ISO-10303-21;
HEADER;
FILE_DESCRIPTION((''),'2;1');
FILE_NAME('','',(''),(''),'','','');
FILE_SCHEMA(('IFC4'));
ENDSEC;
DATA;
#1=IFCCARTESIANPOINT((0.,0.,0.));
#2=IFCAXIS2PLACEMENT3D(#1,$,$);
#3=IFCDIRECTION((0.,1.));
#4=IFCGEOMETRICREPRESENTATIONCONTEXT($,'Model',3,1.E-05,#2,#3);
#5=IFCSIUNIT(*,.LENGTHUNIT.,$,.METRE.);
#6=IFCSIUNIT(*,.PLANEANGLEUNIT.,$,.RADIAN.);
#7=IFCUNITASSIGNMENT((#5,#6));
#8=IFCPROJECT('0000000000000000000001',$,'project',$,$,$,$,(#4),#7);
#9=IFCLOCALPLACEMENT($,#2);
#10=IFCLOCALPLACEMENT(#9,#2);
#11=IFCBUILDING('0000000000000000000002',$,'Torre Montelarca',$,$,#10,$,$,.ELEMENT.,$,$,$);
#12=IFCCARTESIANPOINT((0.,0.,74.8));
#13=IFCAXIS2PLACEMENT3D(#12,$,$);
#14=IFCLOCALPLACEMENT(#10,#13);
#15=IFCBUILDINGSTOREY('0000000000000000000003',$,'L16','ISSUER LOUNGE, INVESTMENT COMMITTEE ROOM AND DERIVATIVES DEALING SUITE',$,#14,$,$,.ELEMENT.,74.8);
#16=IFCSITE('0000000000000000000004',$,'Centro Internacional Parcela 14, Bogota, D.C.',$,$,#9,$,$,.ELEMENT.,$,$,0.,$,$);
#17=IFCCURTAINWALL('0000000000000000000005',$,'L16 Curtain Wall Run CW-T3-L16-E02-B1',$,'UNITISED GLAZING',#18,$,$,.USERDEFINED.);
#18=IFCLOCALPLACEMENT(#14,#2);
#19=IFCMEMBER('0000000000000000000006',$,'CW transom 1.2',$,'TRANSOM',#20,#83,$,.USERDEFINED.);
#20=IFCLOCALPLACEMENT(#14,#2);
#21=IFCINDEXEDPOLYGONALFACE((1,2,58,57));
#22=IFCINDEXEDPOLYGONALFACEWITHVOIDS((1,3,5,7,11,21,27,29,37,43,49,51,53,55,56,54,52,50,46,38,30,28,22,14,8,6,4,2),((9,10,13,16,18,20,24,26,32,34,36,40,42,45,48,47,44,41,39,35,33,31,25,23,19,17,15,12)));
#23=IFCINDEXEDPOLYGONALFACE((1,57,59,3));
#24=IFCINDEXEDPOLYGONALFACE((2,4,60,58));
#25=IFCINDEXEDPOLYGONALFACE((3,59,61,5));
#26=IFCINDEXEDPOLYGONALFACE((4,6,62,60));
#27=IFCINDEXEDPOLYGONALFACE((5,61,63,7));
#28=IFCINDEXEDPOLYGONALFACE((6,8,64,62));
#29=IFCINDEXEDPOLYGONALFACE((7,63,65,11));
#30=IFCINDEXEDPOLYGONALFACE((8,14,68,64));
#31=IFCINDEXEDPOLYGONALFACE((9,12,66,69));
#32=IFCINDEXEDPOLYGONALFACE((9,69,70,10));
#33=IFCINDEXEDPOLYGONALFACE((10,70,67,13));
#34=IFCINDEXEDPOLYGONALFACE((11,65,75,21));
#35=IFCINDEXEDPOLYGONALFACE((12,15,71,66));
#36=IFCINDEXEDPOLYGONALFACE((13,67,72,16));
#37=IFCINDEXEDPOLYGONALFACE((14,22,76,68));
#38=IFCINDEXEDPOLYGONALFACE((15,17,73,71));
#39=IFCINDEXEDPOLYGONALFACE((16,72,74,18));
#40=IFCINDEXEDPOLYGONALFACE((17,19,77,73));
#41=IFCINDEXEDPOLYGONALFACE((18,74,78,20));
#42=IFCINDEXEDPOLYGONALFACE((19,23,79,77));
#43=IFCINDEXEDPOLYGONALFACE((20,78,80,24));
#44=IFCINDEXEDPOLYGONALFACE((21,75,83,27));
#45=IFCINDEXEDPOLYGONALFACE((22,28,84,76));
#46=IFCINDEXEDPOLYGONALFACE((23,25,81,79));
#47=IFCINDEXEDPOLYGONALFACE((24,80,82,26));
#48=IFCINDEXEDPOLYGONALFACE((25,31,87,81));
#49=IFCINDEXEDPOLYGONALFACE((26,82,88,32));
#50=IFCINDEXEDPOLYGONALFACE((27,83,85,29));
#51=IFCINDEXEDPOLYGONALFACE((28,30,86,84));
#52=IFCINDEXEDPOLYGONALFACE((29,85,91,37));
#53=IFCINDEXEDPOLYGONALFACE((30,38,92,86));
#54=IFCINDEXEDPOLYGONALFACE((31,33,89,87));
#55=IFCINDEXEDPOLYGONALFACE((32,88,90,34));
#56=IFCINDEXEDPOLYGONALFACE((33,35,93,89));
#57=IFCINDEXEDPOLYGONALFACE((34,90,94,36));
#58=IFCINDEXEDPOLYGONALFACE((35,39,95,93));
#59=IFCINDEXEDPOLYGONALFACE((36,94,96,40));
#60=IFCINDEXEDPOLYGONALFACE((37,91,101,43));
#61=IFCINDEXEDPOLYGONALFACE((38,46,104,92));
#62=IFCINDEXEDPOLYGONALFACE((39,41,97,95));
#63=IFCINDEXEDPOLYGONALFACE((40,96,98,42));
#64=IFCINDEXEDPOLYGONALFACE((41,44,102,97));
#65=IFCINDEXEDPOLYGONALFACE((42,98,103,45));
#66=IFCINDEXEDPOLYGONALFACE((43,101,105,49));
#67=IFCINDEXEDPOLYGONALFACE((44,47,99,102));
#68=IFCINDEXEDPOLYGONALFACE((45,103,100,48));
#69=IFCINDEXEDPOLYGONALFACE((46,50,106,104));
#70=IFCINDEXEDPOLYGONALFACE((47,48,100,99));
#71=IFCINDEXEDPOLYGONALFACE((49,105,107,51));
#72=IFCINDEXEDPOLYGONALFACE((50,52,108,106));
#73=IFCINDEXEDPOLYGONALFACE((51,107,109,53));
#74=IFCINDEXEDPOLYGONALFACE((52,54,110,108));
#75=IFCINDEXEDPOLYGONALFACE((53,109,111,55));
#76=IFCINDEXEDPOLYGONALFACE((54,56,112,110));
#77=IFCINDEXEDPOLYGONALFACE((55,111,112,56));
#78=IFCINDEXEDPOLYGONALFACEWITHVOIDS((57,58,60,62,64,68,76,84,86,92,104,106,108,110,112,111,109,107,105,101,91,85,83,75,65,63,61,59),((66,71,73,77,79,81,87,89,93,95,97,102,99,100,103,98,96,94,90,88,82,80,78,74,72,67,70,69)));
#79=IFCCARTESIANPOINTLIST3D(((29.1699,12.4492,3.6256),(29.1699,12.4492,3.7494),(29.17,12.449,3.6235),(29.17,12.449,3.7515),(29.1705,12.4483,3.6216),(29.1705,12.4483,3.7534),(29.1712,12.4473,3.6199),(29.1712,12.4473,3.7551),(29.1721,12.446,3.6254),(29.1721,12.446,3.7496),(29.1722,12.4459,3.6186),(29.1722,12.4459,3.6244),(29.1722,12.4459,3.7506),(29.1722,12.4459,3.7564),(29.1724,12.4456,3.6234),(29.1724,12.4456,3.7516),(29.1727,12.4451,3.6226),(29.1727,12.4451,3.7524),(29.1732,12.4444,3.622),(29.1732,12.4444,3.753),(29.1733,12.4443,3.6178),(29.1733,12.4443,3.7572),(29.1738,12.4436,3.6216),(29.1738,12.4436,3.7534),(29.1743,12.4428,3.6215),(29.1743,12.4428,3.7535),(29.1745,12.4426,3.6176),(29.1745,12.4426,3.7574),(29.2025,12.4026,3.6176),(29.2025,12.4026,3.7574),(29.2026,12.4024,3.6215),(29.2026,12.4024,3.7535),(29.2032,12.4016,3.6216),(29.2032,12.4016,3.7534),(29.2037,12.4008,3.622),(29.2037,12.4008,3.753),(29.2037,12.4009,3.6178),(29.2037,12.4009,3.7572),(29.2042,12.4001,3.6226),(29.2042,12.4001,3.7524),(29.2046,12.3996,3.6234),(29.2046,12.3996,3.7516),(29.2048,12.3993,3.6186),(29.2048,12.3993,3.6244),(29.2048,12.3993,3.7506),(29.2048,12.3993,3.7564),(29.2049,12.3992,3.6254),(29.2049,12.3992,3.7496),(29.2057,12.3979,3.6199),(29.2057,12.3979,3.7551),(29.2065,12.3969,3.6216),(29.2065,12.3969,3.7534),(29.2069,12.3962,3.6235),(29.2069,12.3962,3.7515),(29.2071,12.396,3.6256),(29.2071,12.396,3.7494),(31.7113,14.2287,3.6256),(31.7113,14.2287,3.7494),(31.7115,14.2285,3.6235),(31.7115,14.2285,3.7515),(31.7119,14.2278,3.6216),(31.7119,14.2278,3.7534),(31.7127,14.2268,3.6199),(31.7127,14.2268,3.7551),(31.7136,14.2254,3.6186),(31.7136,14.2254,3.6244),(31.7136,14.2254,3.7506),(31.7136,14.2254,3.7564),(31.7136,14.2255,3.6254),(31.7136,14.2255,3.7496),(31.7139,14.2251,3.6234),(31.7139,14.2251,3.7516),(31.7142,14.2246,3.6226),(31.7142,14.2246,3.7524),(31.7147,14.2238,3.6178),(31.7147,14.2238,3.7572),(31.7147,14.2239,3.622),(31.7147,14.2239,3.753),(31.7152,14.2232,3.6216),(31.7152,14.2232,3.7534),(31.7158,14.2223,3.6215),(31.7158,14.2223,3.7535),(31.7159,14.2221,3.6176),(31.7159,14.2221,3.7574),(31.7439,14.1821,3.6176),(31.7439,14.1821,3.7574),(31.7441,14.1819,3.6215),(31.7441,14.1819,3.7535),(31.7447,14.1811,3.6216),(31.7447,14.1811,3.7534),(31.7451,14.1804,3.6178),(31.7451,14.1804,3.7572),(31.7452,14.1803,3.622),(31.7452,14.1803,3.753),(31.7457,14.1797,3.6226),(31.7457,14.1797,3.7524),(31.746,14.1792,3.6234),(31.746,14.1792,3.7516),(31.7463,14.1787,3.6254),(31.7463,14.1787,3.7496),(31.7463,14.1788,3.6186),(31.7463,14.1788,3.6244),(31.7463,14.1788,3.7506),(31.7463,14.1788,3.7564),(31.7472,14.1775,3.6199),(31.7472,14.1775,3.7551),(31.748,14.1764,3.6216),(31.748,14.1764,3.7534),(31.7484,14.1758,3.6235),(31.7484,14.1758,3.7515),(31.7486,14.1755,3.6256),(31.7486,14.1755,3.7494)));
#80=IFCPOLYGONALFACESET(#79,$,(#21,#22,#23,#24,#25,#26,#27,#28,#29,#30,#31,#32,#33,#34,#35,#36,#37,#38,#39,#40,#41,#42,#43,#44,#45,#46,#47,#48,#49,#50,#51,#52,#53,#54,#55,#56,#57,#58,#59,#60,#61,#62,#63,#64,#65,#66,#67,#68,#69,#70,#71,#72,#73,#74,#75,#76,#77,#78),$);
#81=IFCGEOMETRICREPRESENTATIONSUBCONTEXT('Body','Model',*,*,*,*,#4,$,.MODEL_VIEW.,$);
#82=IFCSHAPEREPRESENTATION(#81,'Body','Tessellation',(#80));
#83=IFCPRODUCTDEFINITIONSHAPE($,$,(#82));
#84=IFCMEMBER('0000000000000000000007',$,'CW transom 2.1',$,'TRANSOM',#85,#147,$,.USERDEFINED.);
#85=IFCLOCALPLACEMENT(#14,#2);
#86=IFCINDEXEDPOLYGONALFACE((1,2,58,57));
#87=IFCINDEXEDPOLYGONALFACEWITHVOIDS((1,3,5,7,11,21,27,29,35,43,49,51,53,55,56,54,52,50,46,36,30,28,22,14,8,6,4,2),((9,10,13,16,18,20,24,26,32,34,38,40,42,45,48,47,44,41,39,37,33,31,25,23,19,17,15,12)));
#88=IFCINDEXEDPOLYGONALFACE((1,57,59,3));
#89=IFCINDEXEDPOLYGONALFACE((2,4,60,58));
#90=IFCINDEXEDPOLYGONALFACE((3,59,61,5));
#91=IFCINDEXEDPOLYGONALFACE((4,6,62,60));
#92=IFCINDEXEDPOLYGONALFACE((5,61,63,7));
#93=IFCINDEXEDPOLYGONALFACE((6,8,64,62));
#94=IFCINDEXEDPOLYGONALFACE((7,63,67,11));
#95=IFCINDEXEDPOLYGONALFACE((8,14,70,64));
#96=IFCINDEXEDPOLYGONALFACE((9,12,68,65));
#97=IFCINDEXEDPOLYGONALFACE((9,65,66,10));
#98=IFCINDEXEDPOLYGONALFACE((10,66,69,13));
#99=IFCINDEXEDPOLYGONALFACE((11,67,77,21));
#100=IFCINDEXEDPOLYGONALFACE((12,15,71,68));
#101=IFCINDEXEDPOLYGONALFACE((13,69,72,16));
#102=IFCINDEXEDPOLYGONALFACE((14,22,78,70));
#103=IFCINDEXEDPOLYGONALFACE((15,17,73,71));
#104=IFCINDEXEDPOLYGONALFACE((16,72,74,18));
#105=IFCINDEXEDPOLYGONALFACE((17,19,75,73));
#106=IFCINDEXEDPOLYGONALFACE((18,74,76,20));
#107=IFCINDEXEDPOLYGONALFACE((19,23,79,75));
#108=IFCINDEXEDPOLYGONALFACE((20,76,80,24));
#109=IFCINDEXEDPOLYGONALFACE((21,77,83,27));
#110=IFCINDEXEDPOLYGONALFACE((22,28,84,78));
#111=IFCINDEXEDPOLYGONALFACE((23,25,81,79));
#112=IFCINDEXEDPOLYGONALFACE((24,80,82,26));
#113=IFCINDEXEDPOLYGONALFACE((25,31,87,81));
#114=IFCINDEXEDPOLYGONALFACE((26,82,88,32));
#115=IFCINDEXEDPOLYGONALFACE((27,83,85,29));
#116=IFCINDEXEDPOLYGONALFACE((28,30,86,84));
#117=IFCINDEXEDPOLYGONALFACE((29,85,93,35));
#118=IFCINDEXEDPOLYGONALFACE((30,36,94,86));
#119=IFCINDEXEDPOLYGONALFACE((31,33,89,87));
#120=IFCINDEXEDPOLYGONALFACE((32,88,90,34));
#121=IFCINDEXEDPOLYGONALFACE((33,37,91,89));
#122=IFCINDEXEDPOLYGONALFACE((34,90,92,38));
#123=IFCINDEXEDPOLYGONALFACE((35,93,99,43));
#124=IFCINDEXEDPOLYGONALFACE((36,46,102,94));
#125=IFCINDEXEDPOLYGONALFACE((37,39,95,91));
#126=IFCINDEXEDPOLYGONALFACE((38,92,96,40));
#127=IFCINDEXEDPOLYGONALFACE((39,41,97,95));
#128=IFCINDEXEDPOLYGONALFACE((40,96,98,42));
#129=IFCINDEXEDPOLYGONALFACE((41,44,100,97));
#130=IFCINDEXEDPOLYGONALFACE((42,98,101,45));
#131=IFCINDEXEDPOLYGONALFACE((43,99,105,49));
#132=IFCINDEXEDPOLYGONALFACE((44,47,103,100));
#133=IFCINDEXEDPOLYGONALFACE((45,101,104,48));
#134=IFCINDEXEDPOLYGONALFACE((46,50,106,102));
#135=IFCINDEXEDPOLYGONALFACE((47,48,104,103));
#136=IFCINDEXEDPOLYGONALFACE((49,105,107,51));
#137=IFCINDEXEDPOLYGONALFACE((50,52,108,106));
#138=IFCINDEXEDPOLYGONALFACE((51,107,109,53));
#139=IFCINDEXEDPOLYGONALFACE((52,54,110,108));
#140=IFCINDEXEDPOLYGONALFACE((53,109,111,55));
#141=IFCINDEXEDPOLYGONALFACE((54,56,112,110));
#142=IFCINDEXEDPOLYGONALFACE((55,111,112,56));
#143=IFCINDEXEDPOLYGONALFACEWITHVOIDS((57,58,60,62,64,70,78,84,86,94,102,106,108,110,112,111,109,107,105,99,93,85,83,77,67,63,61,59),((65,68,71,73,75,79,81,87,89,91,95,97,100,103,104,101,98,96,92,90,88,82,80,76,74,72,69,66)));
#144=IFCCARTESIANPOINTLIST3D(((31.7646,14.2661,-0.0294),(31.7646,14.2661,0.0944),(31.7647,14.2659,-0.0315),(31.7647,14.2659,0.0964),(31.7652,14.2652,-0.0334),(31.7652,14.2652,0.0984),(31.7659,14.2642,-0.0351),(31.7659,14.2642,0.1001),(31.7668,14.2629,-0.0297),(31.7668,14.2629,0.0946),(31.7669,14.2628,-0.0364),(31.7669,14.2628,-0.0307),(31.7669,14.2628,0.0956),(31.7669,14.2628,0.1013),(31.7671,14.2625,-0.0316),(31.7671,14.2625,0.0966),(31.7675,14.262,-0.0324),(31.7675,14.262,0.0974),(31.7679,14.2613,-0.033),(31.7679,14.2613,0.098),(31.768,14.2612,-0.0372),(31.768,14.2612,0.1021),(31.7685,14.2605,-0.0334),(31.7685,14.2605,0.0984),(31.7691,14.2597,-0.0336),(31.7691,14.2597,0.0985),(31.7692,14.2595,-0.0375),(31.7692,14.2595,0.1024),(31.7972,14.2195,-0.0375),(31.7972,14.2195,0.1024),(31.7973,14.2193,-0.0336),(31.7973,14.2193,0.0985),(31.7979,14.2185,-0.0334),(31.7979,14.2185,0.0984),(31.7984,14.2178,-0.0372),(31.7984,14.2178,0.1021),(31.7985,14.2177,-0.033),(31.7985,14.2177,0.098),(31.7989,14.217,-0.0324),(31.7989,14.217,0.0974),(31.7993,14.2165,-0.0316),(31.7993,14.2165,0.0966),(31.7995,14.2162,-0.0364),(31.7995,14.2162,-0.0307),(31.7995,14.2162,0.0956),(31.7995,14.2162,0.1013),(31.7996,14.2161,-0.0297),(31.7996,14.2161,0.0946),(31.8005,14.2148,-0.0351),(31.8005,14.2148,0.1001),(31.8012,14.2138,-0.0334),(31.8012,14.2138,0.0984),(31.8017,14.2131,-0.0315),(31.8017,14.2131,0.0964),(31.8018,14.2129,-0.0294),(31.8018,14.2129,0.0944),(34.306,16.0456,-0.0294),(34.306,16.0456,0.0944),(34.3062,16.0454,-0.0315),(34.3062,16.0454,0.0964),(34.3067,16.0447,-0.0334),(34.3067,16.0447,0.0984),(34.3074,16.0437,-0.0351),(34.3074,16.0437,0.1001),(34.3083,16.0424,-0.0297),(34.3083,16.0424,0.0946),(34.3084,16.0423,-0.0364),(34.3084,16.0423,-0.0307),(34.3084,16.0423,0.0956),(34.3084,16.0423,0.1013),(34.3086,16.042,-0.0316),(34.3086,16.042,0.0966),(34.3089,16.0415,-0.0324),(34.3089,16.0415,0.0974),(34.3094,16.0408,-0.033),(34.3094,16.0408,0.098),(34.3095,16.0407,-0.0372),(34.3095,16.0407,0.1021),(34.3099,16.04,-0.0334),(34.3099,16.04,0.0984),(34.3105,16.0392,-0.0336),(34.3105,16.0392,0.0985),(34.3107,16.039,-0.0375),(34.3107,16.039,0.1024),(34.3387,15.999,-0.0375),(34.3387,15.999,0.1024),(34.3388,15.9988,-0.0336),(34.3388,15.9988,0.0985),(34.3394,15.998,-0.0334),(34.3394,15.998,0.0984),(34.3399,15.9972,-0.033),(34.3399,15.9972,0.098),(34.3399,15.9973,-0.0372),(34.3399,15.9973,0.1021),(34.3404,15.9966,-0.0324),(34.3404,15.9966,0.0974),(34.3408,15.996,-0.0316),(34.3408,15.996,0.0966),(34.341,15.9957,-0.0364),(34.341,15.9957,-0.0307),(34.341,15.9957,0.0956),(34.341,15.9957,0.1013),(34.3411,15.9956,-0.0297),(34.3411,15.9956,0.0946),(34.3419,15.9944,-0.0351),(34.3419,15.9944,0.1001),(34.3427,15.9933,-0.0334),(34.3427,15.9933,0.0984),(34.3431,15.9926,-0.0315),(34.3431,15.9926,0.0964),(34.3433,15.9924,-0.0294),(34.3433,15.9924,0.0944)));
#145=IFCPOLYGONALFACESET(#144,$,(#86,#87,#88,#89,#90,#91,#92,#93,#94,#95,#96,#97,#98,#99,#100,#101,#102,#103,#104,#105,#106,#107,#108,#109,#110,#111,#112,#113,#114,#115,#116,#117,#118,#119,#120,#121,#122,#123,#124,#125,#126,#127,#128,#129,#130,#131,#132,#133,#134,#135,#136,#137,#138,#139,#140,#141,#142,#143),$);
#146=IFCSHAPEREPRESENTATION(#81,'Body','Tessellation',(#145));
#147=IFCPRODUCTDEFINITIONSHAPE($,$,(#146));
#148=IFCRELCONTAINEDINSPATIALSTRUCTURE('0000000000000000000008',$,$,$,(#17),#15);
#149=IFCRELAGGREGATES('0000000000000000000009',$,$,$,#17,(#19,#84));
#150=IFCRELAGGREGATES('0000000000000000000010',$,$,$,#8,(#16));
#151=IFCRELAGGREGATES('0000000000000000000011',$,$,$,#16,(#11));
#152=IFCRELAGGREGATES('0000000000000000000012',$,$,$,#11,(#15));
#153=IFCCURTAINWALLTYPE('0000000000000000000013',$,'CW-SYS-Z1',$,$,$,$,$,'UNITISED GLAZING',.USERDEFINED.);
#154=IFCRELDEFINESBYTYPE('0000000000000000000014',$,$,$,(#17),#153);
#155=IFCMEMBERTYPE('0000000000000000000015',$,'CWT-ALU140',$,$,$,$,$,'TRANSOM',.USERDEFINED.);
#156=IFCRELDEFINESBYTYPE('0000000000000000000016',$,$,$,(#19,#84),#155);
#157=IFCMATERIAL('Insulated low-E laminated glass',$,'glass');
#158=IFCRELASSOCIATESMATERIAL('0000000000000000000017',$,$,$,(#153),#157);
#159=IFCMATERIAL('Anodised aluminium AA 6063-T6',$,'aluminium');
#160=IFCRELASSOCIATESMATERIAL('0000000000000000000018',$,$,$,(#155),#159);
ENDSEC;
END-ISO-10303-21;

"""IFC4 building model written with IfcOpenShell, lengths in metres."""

from ifc_helpers import new_model, si_unit, direction, frame, origin, origin_2d, place, context, subcontext, project, spatial, hollow_rectangle, extrude, source, transform, mapped, material, material_profile, profile_set, type_object, element, aggregate, save


model = new_model("IFC4")

# Units and contexts
model_context = context("Model", 3, precision=1e-05, world=origin(), true_north=direction((0.0, 1.0)))
body_context = subcontext(model_context, "Body", "Model", "MODEL_VIEW")
ifc_project = project(units=[si_unit("LENGTHUNIT", "METRE"), si_unit("PLANEANGLEUNIT", "RADIAN")], contexts=[model_context])

# Site, building, storey
site_placement = place(None, origin())
site = spatial("IfcSite", under=ifc_project, at=site_placement, Name="Centro Internacional Parcela 14, Bogota, D.C.", CompositionType="ELEMENT", RefElevation=0.0)
building_placement = place(site_placement, origin())
building = spatial("IfcBuilding", under=site, at=building_placement, Name="Torre Montelarca", CompositionType="ELEMENT")
storey_placement = place(building_placement, frame((0.0, 0.0, 74.8)))
storey = spatial("IfcBuildingStorey", under=building, at=storey_placement, Name="L16", Description="ISSUER LOUNGE, INVESTMENT COMMITTEE ROOM AND DERIVATIVES DEALING SUITE", CompositionType="ELEMENT", Elevation=74.8)

# Curtain wall, members
ifc_material_1 = material(Name="Insulated low-E laminated glass", Category="glass")
curtain_wall_type = type_object("IfcCurtainWallType", Name="CW-SYS-Z1", ElementType="UNITISED GLAZING", PredefinedType="USERDEFINED", material=ifc_material_1)
ifc_material_2 = material(Name="Anodised aluminium AA 6063-T6", Category="aluminium")
ifc_material_profile_1 = material_profile(ifc_material_2, hollow_rectangle(XDim=0.0649, YDim=0.1399, WallThickness=0.0039, InnerFilletRadius=0.0039, OuterFilletRadius=0.0081, at=origin_2d()), Name="ALU65X140X4", Category="aluminium")
ifc_profile_set_1 = profile_set([ifc_material_profile_1], Name="Anodised aluminium AA 6063-T6")
member_type_1 = type_object("IfcMemberType", Name="CWT-ALU140", ElementType="TRANSOM", PredefinedType="USERDEFINED", material=ifc_profile_set_1)
curtain_wall_1_placement = place(storey_placement, origin())
curtain_wall_1 = element("IfcCurtainWall", 1, at=curtain_wall_1_placement, inside=storey, type_object=curtain_wall_type, Name="L16 Curtain Wall Run CW-T3-L16-E02-B1", ObjectType="UNITISED GLAZING", PredefinedType="USERDEFINED")
shared_shape_1 = source(origin(), body_context, "Body", "SweptSolid", [
    extrude(hollow_rectangle(XDim=0.0649, YDim=0.1399, WallThickness=0.0039, InnerFilletRadius=0.0039, OuterFilletRadius=0.0081, at=origin_2d()), origin(), (0.0, 0.0, 1.0), 3.1025),
])
member_1_placement = place(storey_placement, frame((29.1885, 12.4226, 3.6875), z_axis=(0.819158, 0.573568, 0.0), x_axis=(-0.573568, 0.819158, 0.0)))
member_1 = element("IfcMember", 2, at=member_1_placement, type_object=member_type_1, Name="CW transom 1.2", ObjectType="TRANSOM", PredefinedType="USERDEFINED", context=body_context, shape_type="MappedRepresentation", body=[
    mapped(shared_shape_1, transform((0.0, 0.0, 0.0), scale=1.0)),
])
member_2_placement = place(storey_placement, frame((31.7832, 14.2395, 0.0325), z_axis=(0.819158, 0.573568, 0.0), x_axis=(-0.573568, 0.819158, 0.0)))
member_2 = element("IfcMember", 3, at=member_2_placement, type_object=member_type_1, Name="CW transom 2.1", ObjectType="TRANSOM", PredefinedType="USERDEFINED", context=body_context, shape_type="MappedRepresentation", body=[
    mapped(shared_shape_1, transform((0.0, 0.0, 0.0), scale=1.0)),
])

aggregate(curtain_wall_1, [member_1, member_2])

save(model, "model.ifc")
